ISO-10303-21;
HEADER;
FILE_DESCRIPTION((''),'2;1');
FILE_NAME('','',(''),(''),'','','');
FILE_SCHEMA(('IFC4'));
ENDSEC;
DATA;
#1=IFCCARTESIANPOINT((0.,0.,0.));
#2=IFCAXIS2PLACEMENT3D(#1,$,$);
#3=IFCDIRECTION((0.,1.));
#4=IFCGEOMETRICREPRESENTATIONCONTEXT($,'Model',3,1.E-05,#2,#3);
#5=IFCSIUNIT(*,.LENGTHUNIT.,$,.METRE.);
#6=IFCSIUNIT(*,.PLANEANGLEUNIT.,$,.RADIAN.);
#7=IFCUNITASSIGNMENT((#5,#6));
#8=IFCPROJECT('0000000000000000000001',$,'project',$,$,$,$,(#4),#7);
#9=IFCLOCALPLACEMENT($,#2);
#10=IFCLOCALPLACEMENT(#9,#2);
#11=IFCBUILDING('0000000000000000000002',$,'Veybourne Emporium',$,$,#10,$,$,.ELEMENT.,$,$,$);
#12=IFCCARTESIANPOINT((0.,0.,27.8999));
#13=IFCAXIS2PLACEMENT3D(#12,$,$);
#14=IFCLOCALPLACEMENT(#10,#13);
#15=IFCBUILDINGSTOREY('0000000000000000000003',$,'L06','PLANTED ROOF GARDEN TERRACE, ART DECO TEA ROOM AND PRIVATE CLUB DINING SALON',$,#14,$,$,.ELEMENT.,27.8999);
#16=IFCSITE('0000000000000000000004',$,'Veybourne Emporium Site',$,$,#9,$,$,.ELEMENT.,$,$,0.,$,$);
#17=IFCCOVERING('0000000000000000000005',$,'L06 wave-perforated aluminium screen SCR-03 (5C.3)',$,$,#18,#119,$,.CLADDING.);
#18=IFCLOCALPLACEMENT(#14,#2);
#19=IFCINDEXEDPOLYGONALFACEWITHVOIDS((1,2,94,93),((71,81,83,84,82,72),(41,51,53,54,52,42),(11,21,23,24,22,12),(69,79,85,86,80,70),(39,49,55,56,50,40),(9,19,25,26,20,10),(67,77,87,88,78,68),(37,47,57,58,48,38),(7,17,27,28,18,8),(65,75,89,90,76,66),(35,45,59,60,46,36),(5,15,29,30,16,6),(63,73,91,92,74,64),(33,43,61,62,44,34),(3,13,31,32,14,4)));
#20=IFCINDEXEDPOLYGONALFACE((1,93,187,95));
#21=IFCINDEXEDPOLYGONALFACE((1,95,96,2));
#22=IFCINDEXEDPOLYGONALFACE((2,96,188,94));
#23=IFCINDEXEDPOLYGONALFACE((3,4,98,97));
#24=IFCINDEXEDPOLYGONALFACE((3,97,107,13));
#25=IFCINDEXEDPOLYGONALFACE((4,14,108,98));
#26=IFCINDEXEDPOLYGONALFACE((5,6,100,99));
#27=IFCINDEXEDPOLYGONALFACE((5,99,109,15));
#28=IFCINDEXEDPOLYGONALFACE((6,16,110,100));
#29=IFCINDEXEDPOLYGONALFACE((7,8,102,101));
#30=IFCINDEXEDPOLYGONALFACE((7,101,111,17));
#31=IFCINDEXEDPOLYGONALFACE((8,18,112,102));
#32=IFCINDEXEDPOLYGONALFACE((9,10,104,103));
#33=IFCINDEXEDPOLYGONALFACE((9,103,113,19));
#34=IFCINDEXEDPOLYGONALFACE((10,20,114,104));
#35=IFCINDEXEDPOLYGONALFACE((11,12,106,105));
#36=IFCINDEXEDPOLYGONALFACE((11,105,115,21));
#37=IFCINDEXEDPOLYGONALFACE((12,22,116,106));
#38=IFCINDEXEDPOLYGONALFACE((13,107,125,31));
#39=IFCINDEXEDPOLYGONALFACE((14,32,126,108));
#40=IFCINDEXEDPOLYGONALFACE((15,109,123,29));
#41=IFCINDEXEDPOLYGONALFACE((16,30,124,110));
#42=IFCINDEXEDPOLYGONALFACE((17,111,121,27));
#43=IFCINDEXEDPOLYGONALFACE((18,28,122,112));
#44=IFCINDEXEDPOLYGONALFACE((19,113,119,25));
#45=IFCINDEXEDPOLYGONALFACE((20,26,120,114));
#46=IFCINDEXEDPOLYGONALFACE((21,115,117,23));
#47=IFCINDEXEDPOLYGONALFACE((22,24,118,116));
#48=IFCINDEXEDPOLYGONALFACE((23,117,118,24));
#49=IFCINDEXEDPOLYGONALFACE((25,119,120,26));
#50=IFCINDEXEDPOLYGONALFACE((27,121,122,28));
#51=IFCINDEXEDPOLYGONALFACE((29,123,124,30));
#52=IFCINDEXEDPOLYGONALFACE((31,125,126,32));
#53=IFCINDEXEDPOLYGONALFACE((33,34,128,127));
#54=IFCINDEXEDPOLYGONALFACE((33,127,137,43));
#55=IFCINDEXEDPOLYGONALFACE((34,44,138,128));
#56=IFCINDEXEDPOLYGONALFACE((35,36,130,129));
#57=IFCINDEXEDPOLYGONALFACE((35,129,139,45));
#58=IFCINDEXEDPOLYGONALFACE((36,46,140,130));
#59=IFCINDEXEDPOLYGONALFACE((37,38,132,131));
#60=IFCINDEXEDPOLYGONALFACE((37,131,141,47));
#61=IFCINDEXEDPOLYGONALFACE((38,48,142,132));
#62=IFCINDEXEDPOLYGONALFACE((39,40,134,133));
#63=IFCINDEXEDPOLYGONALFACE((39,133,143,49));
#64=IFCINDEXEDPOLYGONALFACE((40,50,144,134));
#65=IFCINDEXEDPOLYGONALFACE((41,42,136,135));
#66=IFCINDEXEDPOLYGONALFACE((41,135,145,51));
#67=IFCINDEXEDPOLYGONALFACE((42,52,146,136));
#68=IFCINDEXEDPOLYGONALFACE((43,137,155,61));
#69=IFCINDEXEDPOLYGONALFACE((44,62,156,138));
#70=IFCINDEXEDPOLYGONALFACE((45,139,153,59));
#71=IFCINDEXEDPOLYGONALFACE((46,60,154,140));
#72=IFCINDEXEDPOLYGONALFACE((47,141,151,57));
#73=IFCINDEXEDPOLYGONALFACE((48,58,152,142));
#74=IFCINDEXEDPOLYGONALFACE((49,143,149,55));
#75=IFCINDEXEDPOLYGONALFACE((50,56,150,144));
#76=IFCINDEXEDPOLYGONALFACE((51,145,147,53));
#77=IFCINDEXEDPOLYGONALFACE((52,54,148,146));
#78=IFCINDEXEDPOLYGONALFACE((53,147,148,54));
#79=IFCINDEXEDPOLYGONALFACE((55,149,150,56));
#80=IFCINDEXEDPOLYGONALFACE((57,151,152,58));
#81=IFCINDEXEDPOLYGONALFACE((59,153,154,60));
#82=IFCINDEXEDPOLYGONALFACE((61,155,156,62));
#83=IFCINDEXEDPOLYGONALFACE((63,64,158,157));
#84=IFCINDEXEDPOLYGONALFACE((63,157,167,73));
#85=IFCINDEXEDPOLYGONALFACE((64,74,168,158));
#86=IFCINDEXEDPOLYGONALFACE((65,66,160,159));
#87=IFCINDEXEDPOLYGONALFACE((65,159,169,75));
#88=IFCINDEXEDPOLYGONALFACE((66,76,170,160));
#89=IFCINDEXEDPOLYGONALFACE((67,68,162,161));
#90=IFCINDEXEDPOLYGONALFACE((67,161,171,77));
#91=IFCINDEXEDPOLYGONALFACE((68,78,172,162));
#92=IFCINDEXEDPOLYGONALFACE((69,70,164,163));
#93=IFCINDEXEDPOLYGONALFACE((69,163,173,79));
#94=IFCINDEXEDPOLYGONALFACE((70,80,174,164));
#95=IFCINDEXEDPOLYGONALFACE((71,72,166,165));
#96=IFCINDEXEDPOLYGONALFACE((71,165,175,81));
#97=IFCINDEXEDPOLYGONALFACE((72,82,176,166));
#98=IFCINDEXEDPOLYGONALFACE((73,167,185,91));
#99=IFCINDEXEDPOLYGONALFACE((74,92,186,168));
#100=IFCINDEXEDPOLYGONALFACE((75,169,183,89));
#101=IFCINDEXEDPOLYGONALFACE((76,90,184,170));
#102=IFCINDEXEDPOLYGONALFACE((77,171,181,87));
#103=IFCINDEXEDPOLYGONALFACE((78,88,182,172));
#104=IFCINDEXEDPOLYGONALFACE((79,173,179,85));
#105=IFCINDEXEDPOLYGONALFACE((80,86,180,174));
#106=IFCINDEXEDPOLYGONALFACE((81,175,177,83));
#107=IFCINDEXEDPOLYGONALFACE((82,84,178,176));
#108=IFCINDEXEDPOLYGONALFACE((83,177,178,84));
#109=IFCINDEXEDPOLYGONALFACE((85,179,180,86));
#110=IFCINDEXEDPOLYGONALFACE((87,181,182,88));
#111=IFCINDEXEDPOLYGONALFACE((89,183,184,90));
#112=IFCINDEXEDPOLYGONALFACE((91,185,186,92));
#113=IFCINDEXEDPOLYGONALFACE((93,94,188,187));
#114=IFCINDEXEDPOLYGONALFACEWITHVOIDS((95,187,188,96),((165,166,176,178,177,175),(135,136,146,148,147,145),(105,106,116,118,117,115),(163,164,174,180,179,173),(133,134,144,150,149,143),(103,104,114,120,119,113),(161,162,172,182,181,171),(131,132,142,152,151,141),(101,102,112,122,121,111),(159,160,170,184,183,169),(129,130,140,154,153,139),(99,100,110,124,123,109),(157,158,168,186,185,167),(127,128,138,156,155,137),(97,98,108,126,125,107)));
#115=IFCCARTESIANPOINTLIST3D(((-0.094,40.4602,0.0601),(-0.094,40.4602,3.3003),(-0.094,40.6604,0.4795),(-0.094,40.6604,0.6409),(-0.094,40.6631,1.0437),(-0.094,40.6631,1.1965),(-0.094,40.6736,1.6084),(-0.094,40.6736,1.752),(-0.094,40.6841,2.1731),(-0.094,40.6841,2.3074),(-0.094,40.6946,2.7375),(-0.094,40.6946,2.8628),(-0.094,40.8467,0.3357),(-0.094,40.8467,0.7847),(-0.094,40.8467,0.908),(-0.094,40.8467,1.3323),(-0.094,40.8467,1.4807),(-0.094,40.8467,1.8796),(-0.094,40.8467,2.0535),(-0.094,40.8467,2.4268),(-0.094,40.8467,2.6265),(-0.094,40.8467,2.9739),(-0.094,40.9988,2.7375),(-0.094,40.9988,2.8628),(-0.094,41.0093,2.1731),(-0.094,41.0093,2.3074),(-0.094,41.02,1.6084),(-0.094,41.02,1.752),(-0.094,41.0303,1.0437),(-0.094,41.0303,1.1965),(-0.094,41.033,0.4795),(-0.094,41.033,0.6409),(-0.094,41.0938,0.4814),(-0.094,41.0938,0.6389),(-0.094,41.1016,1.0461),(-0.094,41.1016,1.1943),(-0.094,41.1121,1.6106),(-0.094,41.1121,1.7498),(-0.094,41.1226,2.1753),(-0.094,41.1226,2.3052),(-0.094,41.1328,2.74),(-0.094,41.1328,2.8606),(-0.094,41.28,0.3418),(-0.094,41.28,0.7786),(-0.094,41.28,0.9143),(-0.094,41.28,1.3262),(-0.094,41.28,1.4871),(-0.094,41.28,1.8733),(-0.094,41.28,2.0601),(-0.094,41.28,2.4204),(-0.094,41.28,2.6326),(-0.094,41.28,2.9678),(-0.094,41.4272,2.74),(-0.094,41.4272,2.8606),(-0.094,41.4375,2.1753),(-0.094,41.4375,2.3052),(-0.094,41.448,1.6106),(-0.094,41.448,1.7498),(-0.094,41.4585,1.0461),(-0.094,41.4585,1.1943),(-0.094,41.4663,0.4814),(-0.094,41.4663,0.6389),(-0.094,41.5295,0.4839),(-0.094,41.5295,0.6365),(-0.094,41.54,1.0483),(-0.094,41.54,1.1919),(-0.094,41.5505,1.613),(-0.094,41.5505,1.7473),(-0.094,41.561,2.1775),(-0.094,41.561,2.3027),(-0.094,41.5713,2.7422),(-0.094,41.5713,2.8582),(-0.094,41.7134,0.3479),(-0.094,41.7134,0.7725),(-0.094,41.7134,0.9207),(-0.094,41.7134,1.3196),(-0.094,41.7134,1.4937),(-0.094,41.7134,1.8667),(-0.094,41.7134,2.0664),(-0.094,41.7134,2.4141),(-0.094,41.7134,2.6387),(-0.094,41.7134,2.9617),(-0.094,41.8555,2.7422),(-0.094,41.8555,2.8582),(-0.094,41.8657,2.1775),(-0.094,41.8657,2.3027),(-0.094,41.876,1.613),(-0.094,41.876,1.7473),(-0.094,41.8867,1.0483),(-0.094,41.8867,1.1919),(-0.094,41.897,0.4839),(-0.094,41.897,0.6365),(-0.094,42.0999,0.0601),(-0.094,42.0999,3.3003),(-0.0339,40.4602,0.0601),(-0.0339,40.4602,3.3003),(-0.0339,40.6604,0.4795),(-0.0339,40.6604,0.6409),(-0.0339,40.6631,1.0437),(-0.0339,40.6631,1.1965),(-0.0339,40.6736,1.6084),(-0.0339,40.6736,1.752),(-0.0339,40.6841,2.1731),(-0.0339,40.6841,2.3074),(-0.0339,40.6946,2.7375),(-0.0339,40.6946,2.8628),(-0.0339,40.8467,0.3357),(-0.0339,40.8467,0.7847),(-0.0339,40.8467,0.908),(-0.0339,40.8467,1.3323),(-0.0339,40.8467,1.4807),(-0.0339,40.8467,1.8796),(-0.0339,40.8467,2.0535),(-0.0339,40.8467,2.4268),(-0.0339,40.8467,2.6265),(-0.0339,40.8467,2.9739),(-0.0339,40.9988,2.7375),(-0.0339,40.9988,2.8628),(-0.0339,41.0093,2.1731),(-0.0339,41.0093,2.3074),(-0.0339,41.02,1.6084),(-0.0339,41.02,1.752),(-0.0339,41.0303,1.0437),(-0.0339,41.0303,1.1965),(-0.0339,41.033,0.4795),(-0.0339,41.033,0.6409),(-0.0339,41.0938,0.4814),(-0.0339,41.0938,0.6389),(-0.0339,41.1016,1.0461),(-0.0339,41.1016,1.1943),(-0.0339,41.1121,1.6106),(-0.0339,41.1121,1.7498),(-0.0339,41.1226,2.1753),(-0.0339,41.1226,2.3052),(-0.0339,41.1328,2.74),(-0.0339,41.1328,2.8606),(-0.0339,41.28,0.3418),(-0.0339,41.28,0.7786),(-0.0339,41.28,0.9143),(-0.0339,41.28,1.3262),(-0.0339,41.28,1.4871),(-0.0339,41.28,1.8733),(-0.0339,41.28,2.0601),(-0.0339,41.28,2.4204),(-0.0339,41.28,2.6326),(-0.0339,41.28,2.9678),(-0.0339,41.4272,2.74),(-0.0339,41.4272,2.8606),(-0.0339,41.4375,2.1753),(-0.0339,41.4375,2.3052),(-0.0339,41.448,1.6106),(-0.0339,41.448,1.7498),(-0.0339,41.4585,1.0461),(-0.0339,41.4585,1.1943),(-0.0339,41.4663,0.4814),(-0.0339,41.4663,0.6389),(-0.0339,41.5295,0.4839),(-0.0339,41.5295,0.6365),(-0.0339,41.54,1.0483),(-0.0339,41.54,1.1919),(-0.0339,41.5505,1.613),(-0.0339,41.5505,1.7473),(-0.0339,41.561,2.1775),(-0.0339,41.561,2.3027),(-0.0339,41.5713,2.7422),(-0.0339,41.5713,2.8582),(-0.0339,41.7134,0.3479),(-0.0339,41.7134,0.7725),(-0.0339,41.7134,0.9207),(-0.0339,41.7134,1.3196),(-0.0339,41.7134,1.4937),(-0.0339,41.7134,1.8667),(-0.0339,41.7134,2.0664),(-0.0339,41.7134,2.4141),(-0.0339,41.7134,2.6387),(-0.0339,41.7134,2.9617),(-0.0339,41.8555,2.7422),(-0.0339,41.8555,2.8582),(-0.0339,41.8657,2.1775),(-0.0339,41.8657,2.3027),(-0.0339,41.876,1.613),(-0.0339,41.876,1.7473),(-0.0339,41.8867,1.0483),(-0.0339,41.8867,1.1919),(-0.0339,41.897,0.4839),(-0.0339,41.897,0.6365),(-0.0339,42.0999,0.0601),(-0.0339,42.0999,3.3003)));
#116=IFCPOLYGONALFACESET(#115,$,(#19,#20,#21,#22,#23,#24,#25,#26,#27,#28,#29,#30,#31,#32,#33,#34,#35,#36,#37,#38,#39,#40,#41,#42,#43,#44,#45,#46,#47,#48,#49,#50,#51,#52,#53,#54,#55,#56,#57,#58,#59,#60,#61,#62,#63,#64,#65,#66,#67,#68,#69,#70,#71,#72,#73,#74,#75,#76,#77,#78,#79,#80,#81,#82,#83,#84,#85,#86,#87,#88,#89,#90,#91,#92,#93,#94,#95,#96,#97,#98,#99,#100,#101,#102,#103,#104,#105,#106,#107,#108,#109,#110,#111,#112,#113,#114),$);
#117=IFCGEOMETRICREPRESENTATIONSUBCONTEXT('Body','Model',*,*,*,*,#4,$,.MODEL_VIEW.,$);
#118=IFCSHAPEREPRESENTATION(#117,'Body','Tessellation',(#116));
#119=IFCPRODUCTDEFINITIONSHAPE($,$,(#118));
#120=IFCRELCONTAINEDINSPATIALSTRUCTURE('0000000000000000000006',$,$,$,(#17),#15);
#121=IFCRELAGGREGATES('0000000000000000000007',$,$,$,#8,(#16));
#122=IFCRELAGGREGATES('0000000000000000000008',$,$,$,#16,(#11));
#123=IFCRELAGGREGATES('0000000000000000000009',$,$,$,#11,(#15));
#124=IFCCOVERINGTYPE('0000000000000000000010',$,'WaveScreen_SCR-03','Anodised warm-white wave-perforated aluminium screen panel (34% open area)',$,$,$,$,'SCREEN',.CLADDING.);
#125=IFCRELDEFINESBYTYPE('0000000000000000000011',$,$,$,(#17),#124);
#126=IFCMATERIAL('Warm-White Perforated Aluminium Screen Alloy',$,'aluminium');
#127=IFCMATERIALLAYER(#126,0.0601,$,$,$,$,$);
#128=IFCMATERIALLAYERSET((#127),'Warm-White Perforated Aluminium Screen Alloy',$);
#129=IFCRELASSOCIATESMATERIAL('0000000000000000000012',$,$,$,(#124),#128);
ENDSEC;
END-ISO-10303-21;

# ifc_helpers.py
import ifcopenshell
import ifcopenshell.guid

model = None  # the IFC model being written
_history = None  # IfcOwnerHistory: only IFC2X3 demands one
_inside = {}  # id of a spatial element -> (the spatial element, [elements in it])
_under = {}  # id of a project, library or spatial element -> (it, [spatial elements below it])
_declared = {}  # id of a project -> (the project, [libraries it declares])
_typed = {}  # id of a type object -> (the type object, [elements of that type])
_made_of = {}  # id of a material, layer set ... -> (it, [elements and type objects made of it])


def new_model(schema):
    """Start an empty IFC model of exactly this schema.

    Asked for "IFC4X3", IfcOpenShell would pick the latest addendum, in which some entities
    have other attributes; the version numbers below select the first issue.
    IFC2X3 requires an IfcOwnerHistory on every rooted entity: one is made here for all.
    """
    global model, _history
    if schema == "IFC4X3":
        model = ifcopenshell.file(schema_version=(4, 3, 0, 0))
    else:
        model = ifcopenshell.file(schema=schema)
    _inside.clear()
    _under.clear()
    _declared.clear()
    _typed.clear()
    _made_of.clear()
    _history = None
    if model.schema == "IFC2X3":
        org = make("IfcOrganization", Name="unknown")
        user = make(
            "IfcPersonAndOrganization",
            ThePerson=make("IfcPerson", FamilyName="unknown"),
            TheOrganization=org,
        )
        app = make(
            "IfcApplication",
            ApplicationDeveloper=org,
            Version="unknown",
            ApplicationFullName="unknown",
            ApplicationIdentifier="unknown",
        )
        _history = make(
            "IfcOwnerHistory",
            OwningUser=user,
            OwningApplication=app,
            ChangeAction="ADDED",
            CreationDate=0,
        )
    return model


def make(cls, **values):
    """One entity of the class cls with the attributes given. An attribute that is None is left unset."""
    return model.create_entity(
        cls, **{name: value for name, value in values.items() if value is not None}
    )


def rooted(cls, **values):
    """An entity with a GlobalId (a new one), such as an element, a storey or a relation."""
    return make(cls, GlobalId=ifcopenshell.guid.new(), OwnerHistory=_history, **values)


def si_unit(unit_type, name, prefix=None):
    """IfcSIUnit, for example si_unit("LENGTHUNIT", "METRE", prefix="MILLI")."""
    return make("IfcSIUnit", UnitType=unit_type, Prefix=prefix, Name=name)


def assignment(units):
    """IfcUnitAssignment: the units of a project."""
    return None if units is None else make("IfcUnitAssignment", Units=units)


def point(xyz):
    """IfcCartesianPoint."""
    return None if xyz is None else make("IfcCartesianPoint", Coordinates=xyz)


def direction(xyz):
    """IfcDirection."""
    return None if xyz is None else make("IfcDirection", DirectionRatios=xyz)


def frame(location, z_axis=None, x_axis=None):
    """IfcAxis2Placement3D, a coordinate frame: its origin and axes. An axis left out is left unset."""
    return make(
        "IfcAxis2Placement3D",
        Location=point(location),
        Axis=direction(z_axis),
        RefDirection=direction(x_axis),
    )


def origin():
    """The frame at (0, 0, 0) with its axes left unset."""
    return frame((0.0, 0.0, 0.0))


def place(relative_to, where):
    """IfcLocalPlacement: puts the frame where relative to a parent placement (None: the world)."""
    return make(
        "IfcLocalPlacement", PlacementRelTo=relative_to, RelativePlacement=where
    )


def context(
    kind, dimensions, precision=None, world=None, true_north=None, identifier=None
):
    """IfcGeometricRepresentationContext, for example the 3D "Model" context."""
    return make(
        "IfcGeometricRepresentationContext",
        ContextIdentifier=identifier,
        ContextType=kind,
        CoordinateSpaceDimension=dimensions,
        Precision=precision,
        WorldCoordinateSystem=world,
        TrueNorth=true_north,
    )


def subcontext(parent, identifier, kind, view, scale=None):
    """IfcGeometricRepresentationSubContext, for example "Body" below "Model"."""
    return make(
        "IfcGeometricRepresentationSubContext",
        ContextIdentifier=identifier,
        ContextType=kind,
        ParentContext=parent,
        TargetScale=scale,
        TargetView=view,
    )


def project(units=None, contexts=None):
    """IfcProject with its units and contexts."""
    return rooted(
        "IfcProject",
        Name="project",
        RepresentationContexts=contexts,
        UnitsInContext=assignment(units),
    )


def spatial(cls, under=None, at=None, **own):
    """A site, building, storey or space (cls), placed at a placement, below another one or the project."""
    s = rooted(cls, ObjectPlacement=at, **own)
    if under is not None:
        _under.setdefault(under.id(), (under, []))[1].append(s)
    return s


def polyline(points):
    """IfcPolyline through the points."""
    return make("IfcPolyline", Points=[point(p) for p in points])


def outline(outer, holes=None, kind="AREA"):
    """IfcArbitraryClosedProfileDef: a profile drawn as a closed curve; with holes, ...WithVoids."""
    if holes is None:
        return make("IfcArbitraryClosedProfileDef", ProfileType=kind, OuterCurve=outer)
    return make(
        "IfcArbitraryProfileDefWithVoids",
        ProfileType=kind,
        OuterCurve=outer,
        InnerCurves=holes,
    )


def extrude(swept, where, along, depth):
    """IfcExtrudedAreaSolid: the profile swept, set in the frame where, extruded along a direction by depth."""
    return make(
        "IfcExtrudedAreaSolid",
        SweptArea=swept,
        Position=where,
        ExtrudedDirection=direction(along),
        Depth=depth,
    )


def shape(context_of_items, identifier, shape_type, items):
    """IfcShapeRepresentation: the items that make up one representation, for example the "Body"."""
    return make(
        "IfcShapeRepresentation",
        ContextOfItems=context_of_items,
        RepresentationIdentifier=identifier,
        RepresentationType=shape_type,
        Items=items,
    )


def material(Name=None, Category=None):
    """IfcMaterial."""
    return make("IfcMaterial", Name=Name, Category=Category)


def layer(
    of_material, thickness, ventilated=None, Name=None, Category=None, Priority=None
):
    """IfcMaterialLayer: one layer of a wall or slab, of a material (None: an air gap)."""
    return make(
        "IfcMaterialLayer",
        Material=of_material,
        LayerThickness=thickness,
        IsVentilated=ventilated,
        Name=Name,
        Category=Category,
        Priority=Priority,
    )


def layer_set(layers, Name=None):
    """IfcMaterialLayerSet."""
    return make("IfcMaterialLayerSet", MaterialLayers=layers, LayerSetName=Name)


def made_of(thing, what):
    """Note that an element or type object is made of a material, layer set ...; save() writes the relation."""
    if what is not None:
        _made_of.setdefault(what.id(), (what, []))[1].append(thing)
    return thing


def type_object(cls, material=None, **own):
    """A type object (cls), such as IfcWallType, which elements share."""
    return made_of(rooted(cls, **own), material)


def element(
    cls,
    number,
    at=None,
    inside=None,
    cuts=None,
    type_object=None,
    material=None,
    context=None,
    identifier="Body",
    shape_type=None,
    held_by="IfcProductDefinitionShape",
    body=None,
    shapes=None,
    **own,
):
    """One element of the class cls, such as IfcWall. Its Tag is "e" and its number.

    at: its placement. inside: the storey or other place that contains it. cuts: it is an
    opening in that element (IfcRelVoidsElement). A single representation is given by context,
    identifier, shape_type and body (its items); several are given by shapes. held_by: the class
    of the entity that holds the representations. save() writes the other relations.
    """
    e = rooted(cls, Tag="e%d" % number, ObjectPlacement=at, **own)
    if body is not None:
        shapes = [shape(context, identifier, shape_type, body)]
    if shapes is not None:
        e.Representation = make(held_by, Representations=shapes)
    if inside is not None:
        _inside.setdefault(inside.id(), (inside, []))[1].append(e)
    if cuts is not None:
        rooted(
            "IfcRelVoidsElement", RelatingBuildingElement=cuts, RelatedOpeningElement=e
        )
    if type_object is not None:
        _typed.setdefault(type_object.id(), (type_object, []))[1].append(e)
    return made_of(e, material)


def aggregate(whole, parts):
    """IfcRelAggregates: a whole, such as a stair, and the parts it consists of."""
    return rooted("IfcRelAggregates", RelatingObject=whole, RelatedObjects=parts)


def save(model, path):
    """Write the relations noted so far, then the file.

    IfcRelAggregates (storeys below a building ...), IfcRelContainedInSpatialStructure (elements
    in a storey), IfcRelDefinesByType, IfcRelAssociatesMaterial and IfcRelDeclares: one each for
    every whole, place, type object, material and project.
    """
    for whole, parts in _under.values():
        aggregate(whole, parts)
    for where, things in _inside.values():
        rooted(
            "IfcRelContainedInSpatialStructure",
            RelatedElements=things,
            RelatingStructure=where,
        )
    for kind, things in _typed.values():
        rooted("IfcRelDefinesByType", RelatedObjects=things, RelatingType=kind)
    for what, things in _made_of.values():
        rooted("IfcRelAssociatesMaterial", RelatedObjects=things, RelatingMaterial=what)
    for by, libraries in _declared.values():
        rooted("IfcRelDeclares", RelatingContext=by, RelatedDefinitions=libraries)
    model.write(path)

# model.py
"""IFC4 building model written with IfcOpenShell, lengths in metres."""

from ifc_helpers import new_model, si_unit, direction, frame, origin, place, context, subcontext, project, spatial, polyline, outline, extrude, material, layer, layer_set, type_object, element, save


model = new_model("IFC4")

# Units and contexts
model_context = context("Model", 3, precision=1e-05, world=origin(), true_north=direction((0.0, 1.0)))
body_context = subcontext(model_context, "Body", "Model", "MODEL_VIEW")
ifc_project = project(units=[si_unit("LENGTHUNIT", "METRE"), si_unit("PLANEANGLEUNIT", "RADIAN")], contexts=[model_context])

# Site, building, storey
site_placement = place(None, origin())
site = spatial("IfcSite", under=ifc_project, at=site_placement, Name="Veybourne Emporium Site", CompositionType="ELEMENT", RefElevation=0.0)
building_placement = place(site_placement, origin())
building = spatial("IfcBuilding", under=site, at=building_placement, Name="Veybourne Emporium", CompositionType="ELEMENT")
storey_placement = place(building_placement, frame((0.0, 0.0, 27.8999)))
storey = spatial("IfcBuildingStorey", under=building, at=storey_placement, Name="L06", Description="PLANTED ROOF GARDEN TERRACE, ART DECO TEA ROOM AND PRIVATE CLUB DINING SALON", CompositionType="ELEMENT", Elevation=27.8999)

# Covering
ifc_material_1 = material(Name="Warm-White Perforated Aluminium Screen Alloy", Category="aluminium")
ifc_layer_1 = layer(ifc_material_1, 0.0601)
ifc_layer_set_1 = layer_set([ifc_layer_1], Name="Warm-White Perforated Aluminium Screen Alloy")
covering_type_1 = type_object("IfcCoveringType", Name="WaveScreen_SCR-03", Description="Anodised warm-white wave-perforated aluminium screen panel (34% open area)", ElementType="SCREEN", PredefinedType="CLADDING", material=ifc_layer_set_1)
covering_1_placement = place(storey_placement, frame((-0.094, 41.28, 1.6802), z_axis=(1.0, 0.0, 0.0), x_axis=(0.0, 1.0, 0.0)))
element("IfcCovering", 1, at=covering_1_placement, inside=storey, type_object=covering_type_1, Name="L06 wave-perforated aluminium screen SCR-03 (5C.3)", PredefinedType="CLADDING", context=body_context, shape_type="SweptSolid", body=[
    extrude(outline(polyline([(-0.8198, -1.6201), (0.8198, -1.6201), (0.8198, 1.6201), (-0.8198, 1.6201), (-0.8198, -1.6201)]), holes=[polyline([(-0.4333, -0.8955), (-0.2471, -1.0393), (-0.2471, -1.2007), (-0.4333, -1.3445), (-0.6196, -1.2007), (-0.6196, -1.0393), (-0.4333, -0.8955)]), polyline([(-0.4333, -0.3479), (-0.2498, -0.4836), (-0.2498, -0.6365), (-0.4333, -0.7722), (-0.6169, -0.6365), (-0.6169, -0.4836), (-0.4333, -0.3479)]), polyline([(-0.4333, 0.1995), (-0.26, 0.0718), (-0.26, -0.0718), (-0.4333, -0.1995), (-0.6064, -0.0718), (-0.6064, 0.0718), (-0.4333, 0.1995)]), polyline([(-0.4333, 0.7466), (-0.2708, 0.6272), (-0.2708, 0.4929), (-0.4333, 0.3733), (-0.5959, 0.4929), (-0.5959, 0.6272), (-0.4333, 0.7466)]), polyline([(-0.4333, 1.2937), (-0.2812, 1.1826), (-0.2812, 1.0574), (-0.4333, 0.9463), (-0.5854, 1.0574), (-0.5854, 1.1826), (-0.4333, 1.2937)]), polyline([(0.0, -0.9016), (0.1863, -1.0413), (0.1863, -1.1987), (0.0, -1.3384), (-0.1863, -1.1987), (-0.1863, -1.0413), (0.0, -0.9016)]), polyline([(0.0, -0.354), (0.1785, -0.4858), (0.1785, -0.634), (0.0, -0.7659), (-0.1785, -0.634), (-0.1785, -0.4858), (0.0, -0.354)]), polyline([(0.0, 0.1931), (0.168, 0.0696), (0.168, -0.0696), (0.0, -0.1931), (-0.168, -0.0696), (-0.168, 0.0696), (0.0, 0.1931)]), polyline([(0.0, 0.7402), (0.1575, 0.625), (0.1575, 0.4951), (0.0, 0.3799), (-0.1575, 0.4951), (-0.1575, 0.625), (0.0, 0.7402)]), polyline([(0.0, 1.2876), (0.1472, 1.1804), (0.1472, 1.0598), (0.0, 0.9524), (-0.1472, 1.0598), (-0.1472, 1.1804), (0.0, 1.2876)]), polyline([(0.4333, -0.9077), (0.6169, -1.0437), (0.6169, -1.1963), (0.4333, -1.3323), (0.2495, -1.1963), (0.2495, -1.0437), (0.4333, -0.9077)]), polyline([(0.4333, -0.3606), (0.6067, -0.4883), (0.6067, -0.6318), (0.4333, -0.7595), (0.26, -0.6318), (0.26, -0.4883), (0.4333, -0.3606)]), polyline([(0.4333, 0.1865), (0.5959, 0.0671), (0.5959, -0.0671), (0.4333, -0.1865), (0.2705, -0.0671), (0.2705, 0.0671), (0.4333, 0.1865)]), polyline([(0.4333, 0.7339), (0.5857, 0.6226), (0.5857, 0.4973), (0.4333, 0.3862), (0.281, 0.4973), (0.281, 0.6226), (0.4333, 0.7339)]), polyline([(0.4333, 1.2815), (0.5754, 1.178), (0.5754, 1.062), (0.4333, 0.9585), (0.2913, 1.062), (0.2913, 1.178), (0.4333, 1.2815)])]), origin(), (0.0, 0.0, 1.0), 0.0601),
])

save(model, "model.ifc")
